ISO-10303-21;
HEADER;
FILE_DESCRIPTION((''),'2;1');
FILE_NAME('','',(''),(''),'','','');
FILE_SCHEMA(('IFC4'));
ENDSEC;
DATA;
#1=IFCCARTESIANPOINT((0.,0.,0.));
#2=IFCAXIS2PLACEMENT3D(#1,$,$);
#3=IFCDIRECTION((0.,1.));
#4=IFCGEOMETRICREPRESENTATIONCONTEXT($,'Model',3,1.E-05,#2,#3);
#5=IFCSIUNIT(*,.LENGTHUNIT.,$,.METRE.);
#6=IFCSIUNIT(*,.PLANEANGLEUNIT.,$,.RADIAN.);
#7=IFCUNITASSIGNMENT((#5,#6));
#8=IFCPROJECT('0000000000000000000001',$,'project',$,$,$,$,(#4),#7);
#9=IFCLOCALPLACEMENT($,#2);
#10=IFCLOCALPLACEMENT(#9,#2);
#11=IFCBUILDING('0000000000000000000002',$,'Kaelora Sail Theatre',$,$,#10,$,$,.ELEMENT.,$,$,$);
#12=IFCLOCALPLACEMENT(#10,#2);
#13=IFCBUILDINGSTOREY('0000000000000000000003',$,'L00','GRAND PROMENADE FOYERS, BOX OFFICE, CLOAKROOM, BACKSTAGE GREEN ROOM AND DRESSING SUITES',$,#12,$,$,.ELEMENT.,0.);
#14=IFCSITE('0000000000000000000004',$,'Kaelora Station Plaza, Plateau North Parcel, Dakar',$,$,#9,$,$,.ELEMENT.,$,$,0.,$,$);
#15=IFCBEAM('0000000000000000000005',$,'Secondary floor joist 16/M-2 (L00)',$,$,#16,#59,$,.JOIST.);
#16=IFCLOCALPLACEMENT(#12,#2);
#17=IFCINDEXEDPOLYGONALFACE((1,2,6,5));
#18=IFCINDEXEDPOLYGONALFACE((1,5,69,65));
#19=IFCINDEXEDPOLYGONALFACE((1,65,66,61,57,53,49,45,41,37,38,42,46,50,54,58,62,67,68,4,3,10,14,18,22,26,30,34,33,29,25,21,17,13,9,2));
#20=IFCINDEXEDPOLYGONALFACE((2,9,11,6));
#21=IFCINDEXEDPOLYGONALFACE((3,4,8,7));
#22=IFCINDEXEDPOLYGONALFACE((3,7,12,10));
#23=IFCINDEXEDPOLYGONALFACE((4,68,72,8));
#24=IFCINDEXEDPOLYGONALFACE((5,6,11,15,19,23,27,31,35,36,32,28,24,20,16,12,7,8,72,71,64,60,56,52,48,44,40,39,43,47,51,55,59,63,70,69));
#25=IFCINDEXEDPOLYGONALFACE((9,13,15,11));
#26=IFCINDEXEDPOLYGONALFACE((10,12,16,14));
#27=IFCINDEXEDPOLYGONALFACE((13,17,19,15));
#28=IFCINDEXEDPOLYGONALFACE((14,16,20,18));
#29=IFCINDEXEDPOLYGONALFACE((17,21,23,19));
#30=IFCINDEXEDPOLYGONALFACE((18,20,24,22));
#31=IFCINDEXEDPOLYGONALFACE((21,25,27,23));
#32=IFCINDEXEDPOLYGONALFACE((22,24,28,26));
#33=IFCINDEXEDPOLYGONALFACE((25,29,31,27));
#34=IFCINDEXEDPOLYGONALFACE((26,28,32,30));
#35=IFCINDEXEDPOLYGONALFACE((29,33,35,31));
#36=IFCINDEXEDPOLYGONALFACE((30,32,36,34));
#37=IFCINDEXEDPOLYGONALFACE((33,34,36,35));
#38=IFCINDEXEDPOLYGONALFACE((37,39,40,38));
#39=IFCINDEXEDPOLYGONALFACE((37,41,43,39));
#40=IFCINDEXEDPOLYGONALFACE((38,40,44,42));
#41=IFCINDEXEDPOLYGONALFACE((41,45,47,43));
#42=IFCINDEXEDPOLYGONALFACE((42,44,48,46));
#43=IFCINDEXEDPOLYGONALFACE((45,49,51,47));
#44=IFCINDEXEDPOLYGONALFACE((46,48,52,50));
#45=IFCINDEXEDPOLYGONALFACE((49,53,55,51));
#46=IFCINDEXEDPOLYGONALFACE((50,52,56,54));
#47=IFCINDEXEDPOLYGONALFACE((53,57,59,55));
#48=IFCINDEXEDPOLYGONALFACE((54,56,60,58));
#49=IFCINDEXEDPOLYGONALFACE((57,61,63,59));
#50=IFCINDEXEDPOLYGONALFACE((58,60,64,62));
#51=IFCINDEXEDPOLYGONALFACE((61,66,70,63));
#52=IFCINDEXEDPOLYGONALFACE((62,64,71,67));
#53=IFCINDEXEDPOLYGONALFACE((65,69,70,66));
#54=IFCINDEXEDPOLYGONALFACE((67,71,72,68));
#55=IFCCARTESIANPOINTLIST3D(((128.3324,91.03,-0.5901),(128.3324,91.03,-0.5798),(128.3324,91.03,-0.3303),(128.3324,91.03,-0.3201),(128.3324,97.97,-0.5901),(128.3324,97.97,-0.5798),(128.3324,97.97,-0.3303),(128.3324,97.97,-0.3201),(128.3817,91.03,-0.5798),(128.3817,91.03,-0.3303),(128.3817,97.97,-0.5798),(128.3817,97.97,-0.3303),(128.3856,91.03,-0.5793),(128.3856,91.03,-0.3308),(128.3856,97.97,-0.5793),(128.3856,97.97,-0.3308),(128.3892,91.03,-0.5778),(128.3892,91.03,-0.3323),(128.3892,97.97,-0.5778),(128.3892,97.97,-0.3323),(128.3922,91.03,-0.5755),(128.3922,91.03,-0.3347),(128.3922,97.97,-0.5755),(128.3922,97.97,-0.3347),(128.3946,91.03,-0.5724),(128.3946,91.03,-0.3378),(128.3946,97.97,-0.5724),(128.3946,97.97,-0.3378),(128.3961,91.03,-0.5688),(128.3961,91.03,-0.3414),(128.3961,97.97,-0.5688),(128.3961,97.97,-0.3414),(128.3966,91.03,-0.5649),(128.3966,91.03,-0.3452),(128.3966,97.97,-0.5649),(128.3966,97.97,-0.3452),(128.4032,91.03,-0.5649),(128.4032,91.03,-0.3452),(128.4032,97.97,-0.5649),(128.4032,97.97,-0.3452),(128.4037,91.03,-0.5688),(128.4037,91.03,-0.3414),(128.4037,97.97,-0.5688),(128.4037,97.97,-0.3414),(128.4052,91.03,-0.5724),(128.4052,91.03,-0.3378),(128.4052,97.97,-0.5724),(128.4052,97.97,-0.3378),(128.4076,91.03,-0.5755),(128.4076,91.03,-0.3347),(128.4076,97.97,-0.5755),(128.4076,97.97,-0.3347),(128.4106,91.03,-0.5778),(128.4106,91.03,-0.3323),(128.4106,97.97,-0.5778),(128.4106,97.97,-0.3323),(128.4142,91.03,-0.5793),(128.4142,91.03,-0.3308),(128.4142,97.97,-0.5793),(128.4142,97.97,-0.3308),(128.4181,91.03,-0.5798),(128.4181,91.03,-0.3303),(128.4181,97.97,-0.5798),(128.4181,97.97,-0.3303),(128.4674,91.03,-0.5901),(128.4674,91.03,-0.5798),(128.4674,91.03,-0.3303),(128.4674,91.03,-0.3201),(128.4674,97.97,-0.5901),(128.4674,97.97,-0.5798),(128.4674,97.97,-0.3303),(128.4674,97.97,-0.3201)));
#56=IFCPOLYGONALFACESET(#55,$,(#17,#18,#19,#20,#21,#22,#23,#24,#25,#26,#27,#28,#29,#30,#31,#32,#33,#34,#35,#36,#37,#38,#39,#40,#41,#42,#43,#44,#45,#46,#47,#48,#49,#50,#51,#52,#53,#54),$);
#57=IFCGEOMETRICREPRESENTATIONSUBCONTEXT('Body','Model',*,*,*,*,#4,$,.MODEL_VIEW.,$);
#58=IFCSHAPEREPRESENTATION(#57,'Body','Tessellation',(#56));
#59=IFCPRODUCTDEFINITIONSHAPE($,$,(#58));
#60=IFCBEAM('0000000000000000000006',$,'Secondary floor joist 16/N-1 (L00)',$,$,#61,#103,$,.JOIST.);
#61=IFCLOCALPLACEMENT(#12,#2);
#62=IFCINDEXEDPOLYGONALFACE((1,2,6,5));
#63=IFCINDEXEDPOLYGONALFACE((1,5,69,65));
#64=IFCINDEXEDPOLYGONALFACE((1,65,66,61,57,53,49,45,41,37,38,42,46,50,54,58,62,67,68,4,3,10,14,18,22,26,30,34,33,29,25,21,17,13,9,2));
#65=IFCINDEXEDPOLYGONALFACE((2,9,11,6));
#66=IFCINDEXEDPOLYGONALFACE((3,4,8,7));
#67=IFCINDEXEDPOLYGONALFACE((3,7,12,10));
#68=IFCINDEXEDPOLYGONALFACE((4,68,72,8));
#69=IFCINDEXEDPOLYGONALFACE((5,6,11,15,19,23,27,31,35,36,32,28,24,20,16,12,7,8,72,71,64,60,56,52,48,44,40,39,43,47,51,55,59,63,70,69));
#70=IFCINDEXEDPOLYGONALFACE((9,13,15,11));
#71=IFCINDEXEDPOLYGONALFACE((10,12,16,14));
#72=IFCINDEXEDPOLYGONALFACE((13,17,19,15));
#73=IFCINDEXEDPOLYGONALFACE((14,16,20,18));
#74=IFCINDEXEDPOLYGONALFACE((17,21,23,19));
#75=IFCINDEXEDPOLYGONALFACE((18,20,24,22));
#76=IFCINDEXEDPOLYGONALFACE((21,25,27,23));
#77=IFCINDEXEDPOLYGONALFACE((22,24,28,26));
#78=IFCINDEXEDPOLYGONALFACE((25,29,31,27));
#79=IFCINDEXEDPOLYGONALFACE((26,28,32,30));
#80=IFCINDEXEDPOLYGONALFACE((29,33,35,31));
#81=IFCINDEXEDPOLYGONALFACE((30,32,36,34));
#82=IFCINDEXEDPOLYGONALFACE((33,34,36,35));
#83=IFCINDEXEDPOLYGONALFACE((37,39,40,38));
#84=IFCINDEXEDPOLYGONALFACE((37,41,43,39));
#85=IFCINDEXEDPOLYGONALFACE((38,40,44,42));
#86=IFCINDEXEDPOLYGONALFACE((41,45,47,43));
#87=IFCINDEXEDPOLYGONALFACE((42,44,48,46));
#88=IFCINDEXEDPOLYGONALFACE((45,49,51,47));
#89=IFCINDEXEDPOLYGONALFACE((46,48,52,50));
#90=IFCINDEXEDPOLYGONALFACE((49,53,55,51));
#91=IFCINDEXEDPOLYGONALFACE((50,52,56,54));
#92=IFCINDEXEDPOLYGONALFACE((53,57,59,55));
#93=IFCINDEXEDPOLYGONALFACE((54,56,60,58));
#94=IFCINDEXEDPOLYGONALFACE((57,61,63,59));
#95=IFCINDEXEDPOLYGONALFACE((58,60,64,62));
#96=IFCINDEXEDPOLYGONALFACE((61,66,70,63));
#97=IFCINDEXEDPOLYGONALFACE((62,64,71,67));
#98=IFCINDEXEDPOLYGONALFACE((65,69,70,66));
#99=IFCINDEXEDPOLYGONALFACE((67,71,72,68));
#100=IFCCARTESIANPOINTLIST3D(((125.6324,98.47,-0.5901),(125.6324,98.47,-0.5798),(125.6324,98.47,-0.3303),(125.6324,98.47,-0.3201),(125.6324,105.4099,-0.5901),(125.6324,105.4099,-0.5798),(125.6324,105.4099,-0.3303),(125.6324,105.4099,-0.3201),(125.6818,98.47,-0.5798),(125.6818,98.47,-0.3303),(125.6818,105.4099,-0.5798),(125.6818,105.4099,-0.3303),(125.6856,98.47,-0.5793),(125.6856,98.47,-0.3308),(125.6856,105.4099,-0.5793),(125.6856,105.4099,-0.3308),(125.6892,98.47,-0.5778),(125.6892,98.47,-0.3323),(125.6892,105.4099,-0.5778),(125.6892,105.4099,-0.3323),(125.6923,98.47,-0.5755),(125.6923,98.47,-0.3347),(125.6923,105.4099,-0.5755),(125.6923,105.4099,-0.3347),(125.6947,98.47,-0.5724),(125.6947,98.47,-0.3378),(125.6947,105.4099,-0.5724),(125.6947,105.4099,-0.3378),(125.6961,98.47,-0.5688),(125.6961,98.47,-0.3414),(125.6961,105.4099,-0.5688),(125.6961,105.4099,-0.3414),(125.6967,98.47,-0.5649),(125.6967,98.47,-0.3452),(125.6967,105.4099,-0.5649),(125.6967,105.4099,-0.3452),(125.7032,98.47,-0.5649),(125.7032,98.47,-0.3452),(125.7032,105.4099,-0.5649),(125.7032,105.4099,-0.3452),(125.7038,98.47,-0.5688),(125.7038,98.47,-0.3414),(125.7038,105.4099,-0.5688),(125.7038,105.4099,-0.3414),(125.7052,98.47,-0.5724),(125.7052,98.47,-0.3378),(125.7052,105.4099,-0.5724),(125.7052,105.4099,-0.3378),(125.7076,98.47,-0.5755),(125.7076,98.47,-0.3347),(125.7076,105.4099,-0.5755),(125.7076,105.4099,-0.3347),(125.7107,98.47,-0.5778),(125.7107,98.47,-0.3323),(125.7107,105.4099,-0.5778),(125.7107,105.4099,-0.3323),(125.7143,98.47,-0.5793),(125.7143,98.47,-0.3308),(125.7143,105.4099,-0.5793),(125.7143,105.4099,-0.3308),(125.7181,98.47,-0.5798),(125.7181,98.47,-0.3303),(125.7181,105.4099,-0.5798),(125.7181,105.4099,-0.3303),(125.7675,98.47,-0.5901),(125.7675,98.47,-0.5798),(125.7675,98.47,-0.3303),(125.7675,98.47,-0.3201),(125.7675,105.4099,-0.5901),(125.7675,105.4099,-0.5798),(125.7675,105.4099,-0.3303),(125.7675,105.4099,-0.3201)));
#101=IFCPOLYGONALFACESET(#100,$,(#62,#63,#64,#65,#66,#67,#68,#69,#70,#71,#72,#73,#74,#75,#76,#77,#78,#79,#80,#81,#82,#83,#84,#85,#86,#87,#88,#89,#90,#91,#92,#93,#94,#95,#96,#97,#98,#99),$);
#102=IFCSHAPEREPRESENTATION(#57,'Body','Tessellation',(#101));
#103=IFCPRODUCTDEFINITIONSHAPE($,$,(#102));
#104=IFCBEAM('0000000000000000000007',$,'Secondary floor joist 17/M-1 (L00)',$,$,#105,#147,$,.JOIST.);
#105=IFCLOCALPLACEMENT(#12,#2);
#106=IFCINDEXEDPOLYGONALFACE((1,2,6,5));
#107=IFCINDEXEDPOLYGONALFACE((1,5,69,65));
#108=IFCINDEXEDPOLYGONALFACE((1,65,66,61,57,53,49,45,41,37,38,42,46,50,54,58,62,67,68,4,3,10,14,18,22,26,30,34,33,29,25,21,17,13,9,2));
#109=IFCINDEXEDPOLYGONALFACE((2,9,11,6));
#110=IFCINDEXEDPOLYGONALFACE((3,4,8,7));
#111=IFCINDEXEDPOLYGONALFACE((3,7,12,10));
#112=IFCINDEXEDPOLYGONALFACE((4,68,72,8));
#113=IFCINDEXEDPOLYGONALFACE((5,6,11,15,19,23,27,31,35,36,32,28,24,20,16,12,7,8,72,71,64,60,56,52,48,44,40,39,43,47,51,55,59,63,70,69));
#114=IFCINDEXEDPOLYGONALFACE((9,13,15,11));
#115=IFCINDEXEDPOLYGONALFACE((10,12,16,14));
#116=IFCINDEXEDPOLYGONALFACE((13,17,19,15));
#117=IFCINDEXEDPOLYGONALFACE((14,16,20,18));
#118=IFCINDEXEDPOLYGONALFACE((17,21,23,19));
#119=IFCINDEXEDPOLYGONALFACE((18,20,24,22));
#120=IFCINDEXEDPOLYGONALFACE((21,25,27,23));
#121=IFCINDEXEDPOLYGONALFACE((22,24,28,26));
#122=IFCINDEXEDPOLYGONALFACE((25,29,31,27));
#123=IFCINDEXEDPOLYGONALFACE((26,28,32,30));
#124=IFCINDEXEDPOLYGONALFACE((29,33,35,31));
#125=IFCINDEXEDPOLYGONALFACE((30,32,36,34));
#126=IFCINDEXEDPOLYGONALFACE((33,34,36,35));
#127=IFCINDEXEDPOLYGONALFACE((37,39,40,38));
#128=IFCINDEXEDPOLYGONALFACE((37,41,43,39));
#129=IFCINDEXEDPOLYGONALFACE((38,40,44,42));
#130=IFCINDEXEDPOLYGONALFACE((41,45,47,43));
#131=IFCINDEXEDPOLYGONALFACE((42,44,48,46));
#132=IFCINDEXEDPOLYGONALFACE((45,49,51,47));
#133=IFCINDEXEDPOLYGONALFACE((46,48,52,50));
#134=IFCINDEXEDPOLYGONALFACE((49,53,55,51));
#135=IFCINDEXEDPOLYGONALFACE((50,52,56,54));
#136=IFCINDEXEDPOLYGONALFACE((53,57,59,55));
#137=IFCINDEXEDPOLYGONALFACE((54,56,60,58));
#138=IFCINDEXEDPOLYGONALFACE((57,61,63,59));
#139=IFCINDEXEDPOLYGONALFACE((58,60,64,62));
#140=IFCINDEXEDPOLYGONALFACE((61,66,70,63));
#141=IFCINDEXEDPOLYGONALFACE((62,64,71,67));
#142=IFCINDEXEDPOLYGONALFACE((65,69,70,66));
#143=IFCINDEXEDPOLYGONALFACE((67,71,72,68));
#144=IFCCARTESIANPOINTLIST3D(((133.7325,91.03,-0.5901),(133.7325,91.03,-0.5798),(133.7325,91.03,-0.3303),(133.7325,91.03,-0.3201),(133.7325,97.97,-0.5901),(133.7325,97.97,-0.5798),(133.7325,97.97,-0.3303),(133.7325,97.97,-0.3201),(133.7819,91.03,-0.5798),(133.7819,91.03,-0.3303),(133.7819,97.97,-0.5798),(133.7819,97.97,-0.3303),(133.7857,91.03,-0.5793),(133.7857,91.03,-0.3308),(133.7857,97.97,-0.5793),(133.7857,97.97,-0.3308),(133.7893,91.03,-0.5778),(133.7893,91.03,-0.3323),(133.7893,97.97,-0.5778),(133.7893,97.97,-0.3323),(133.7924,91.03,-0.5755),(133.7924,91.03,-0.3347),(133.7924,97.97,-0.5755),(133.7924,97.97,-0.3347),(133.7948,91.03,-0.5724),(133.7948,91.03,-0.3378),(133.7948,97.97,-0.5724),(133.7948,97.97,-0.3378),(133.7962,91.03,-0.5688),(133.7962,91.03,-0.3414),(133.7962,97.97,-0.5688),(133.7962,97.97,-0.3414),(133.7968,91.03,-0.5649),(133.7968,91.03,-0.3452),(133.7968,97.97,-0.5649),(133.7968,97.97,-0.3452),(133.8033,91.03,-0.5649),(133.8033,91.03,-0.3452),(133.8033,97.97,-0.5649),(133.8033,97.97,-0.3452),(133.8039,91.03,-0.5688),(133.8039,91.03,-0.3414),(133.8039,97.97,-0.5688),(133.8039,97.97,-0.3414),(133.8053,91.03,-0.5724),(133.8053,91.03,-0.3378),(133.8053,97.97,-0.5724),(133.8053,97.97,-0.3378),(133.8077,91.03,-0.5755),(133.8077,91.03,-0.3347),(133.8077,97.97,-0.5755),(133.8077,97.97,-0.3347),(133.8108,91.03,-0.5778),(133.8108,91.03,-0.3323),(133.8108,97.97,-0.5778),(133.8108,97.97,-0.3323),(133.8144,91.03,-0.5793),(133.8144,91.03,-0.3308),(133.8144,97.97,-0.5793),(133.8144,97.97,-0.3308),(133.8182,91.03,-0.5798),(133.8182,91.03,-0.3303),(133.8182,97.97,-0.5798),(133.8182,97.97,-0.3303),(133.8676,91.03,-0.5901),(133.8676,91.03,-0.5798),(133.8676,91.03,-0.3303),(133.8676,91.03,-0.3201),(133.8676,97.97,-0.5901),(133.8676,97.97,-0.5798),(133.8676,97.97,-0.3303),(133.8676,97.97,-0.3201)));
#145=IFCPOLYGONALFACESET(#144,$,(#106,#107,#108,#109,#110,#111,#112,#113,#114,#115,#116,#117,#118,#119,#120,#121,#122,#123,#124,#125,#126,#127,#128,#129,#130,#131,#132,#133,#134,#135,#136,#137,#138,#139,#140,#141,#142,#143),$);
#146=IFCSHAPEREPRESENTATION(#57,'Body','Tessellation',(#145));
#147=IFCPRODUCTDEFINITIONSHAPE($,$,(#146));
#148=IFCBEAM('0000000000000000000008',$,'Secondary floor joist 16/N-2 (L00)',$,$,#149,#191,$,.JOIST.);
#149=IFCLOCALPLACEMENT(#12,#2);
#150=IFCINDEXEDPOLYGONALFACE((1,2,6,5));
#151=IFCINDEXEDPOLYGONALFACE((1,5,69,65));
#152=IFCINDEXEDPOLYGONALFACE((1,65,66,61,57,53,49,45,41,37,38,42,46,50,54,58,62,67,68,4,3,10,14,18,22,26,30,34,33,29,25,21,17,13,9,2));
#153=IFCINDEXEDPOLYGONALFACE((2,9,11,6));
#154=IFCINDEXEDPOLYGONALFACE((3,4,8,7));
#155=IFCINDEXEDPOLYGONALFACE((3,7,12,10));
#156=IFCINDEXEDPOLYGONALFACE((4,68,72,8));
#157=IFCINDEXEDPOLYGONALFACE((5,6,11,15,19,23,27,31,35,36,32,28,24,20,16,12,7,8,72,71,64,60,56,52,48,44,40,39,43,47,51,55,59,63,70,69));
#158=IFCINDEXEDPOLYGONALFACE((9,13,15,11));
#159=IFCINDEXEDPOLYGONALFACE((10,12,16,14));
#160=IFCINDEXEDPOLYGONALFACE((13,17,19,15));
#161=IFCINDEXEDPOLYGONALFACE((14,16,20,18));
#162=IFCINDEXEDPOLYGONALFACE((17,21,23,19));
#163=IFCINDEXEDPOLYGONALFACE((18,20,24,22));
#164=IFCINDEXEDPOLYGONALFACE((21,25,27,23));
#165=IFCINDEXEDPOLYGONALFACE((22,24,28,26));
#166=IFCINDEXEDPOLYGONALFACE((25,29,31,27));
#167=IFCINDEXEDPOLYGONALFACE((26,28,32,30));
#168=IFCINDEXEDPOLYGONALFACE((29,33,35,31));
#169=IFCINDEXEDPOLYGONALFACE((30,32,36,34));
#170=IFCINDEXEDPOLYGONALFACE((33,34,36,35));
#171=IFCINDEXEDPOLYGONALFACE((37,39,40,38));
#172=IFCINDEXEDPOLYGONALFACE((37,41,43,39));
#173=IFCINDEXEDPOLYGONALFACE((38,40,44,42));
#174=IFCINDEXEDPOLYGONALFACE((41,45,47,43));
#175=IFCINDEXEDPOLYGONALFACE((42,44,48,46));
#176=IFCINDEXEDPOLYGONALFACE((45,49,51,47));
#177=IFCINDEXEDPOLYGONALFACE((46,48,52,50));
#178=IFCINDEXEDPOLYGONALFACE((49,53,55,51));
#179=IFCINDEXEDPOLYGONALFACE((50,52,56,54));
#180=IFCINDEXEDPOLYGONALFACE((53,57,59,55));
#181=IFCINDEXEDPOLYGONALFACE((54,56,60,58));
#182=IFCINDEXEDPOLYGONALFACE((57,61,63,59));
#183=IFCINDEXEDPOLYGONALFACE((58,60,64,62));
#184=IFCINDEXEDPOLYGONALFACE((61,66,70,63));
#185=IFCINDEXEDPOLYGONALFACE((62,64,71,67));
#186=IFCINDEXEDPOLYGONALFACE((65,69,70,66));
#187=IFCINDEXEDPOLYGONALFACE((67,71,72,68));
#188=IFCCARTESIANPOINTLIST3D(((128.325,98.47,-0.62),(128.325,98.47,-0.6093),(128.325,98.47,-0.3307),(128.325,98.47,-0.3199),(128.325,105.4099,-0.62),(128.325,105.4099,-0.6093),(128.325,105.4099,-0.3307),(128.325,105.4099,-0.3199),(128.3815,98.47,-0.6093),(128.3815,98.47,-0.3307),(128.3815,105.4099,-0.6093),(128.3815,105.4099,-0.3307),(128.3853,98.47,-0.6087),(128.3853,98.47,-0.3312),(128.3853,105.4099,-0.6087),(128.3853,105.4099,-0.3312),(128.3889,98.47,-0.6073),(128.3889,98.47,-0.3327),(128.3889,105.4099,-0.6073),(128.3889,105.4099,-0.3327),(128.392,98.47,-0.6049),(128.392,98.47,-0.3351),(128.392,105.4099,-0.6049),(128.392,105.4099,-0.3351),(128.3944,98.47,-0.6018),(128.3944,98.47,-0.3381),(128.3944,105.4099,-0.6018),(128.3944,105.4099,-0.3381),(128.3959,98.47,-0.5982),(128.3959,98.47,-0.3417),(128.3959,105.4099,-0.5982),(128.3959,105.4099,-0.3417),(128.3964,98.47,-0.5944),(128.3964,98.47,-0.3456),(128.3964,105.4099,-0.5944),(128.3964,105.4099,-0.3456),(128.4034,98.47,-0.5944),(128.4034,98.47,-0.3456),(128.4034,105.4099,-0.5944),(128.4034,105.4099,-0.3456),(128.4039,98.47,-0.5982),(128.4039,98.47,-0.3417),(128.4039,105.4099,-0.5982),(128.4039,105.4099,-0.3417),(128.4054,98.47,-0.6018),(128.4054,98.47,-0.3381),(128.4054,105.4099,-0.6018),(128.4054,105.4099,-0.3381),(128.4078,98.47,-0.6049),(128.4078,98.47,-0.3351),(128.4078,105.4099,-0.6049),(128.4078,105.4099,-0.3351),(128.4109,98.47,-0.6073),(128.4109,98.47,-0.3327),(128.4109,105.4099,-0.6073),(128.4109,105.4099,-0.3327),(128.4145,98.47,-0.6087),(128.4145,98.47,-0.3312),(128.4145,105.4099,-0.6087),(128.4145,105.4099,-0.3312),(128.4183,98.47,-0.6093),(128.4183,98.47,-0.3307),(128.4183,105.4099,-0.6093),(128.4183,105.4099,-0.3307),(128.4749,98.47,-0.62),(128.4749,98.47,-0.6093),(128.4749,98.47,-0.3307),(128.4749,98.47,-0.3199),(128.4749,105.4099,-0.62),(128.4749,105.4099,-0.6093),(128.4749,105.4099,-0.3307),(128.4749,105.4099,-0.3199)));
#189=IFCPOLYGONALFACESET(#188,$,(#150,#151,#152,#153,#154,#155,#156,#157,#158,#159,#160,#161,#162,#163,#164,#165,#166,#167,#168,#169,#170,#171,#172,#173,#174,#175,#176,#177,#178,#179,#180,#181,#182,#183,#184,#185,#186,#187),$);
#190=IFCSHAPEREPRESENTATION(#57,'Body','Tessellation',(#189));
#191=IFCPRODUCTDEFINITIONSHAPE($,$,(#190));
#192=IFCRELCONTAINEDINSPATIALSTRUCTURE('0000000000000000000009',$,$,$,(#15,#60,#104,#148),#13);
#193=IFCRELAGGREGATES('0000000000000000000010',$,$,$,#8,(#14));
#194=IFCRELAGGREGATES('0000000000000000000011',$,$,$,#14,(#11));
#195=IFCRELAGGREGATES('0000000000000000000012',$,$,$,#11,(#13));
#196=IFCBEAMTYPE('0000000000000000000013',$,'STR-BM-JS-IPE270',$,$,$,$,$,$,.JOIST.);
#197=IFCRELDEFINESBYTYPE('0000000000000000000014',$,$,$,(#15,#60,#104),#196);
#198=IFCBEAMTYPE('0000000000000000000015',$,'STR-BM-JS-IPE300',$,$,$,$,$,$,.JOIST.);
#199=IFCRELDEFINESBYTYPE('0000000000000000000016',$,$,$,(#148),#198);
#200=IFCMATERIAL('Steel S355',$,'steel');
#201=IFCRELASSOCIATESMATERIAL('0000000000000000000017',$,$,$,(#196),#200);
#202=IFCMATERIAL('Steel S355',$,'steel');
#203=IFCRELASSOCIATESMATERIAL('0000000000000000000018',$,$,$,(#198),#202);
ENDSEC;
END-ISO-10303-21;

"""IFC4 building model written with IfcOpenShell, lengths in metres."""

from ifc_helpers import new_model, si_unit, direction, frame, origin, origin_2d, place, context, subcontext, project, spatial, i_section, extrude, material, material_profile, profile_set, type_object, element, save


model = new_model("IFC4")

# Units and contexts
model_context = context("Model", 3, precision=1e-05, world=origin(), true_north=direction((0.0, 1.0)))
body_context = subcontext(model_context, "Body", "Model", "MODEL_VIEW")
ifc_project = project(units=[si_unit("LENGTHUNIT", "METRE"), si_unit("PLANEANGLEUNIT", "RADIAN")], contexts=[model_context])

# Site, building, storey
site_placement = place(None, origin())
site = spatial("IfcSite", under=ifc_project, at=site_placement, Name="Kaelora Station Plaza, Plateau North Parcel, Dakar", CompositionType="ELEMENT", RefElevation=0.0)
building_placement = place(site_placement, origin())
building = spatial("IfcBuilding", under=site, at=building_placement, Name="Kaelora Sail Theatre", CompositionType="ELEMENT")
storey_placement = place(building_placement, origin())
storey = spatial("IfcBuildingStorey", under=building, at=storey_placement, Name="L00", Description="GRAND PROMENADE FOYERS, BOX OFFICE, CLOAKROOM, BACKSTAGE GREEN ROOM AND DRESSING SUITES", CompositionType="ELEMENT", Elevation=0.0)

# Beams
ifc_material_1 = material(Name="Steel S355", Category="steel")
ifc_material_profile_1 = material_profile(ifc_material_1, i_section(OverallWidth=0.135, OverallDepth=0.27, WebThickness=0.0066, FlangeThickness=0.0103, FilletRadius=0.0149, at=origin_2d()), Name="IPE 270")
ifc_profile_set_1 = profile_set([ifc_material_profile_1], Name="Steel S355")
beam_type_1 = type_object("IfcBeamType", Name="STR-BM-JS-IPE270", PredefinedType="JOIST", material=ifc_profile_set_1)
for number, where, z_axis, x_axis, name in (
    (1, (128.3999, 91.03, -0.4551), (0.0, 1.0, 0.0), (-1.0, 0.0, 0.0), "Secondary floor joist 16/M-2 (L00)"),
    (2, (125.7, 98.47, -0.4551), (0.0, 1.0, 0.0), (-1.0, 0.0, 0.0), "Secondary floor joist 16/N-1 (L00)"),
    (3, (133.8, 91.03, -0.4551), (0.0, 1.0, 0.0), (-1.0, 0.0, 0.0), "Secondary floor joist 17/M-1 (L00)"),
):
    element("IfcBeam", number, at=place(storey_placement, frame(where, z_axis=z_axis, x_axis=x_axis)), inside=storey, type_object=beam_type_1, Name=name, PredefinedType="JOIST", context=body_context, shape_type="SweptSolid", body=[
        extrude(i_section(OverallWidth=0.135, OverallDepth=0.27, WebThickness=0.0066, FlangeThickness=0.0103, FilletRadius=0.0149, at=origin_2d()), origin(), (0.0, 0.0, 1.0), 6.9399),
    ])
ifc_material_2 = material(Name="Steel S355", Category="steel")
ifc_material_profile_2 = material_profile(ifc_material_2, i_section(OverallWidth=0.1499, OverallDepth=0.3, WebThickness=0.0071, FlangeThickness=0.0107, FilletRadius=0.0149, at=origin_2d()), Name="IPE 300")
ifc_profile_set_2 = profile_set([ifc_material_profile_2], Name="Steel S355")
beam_type_2 = type_object("IfcBeamType", Name="STR-BM-JS-IPE300", PredefinedType="JOIST", material=ifc_profile_set_2)
for number, where, z_axis, x_axis, name in (
    (4, (128.3999, 98.47, -0.47), (0.0, 1.0, 0.0), (-1.0, 0.0, 0.0), "Secondary floor joist 16/N-2 (L00)"),
):
    element("IfcBeam", number, at=place(storey_placement, frame(where, z_axis=z_axis, x_axis=x_axis)), inside=storey, type_object=beam_type_2, Name=name, PredefinedType="JOIST", context=body_context, shape_type="SweptSolid", body=[
        extrude(i_section(OverallWidth=0.1499, OverallDepth=0.3, WebThickness=0.0071, FlangeThickness=0.0107, FilletRadius=0.0149, at=origin_2d()), origin(), (0.0, 0.0, 1.0), 6.9399),
    ])

save(model, "model.ifc")
